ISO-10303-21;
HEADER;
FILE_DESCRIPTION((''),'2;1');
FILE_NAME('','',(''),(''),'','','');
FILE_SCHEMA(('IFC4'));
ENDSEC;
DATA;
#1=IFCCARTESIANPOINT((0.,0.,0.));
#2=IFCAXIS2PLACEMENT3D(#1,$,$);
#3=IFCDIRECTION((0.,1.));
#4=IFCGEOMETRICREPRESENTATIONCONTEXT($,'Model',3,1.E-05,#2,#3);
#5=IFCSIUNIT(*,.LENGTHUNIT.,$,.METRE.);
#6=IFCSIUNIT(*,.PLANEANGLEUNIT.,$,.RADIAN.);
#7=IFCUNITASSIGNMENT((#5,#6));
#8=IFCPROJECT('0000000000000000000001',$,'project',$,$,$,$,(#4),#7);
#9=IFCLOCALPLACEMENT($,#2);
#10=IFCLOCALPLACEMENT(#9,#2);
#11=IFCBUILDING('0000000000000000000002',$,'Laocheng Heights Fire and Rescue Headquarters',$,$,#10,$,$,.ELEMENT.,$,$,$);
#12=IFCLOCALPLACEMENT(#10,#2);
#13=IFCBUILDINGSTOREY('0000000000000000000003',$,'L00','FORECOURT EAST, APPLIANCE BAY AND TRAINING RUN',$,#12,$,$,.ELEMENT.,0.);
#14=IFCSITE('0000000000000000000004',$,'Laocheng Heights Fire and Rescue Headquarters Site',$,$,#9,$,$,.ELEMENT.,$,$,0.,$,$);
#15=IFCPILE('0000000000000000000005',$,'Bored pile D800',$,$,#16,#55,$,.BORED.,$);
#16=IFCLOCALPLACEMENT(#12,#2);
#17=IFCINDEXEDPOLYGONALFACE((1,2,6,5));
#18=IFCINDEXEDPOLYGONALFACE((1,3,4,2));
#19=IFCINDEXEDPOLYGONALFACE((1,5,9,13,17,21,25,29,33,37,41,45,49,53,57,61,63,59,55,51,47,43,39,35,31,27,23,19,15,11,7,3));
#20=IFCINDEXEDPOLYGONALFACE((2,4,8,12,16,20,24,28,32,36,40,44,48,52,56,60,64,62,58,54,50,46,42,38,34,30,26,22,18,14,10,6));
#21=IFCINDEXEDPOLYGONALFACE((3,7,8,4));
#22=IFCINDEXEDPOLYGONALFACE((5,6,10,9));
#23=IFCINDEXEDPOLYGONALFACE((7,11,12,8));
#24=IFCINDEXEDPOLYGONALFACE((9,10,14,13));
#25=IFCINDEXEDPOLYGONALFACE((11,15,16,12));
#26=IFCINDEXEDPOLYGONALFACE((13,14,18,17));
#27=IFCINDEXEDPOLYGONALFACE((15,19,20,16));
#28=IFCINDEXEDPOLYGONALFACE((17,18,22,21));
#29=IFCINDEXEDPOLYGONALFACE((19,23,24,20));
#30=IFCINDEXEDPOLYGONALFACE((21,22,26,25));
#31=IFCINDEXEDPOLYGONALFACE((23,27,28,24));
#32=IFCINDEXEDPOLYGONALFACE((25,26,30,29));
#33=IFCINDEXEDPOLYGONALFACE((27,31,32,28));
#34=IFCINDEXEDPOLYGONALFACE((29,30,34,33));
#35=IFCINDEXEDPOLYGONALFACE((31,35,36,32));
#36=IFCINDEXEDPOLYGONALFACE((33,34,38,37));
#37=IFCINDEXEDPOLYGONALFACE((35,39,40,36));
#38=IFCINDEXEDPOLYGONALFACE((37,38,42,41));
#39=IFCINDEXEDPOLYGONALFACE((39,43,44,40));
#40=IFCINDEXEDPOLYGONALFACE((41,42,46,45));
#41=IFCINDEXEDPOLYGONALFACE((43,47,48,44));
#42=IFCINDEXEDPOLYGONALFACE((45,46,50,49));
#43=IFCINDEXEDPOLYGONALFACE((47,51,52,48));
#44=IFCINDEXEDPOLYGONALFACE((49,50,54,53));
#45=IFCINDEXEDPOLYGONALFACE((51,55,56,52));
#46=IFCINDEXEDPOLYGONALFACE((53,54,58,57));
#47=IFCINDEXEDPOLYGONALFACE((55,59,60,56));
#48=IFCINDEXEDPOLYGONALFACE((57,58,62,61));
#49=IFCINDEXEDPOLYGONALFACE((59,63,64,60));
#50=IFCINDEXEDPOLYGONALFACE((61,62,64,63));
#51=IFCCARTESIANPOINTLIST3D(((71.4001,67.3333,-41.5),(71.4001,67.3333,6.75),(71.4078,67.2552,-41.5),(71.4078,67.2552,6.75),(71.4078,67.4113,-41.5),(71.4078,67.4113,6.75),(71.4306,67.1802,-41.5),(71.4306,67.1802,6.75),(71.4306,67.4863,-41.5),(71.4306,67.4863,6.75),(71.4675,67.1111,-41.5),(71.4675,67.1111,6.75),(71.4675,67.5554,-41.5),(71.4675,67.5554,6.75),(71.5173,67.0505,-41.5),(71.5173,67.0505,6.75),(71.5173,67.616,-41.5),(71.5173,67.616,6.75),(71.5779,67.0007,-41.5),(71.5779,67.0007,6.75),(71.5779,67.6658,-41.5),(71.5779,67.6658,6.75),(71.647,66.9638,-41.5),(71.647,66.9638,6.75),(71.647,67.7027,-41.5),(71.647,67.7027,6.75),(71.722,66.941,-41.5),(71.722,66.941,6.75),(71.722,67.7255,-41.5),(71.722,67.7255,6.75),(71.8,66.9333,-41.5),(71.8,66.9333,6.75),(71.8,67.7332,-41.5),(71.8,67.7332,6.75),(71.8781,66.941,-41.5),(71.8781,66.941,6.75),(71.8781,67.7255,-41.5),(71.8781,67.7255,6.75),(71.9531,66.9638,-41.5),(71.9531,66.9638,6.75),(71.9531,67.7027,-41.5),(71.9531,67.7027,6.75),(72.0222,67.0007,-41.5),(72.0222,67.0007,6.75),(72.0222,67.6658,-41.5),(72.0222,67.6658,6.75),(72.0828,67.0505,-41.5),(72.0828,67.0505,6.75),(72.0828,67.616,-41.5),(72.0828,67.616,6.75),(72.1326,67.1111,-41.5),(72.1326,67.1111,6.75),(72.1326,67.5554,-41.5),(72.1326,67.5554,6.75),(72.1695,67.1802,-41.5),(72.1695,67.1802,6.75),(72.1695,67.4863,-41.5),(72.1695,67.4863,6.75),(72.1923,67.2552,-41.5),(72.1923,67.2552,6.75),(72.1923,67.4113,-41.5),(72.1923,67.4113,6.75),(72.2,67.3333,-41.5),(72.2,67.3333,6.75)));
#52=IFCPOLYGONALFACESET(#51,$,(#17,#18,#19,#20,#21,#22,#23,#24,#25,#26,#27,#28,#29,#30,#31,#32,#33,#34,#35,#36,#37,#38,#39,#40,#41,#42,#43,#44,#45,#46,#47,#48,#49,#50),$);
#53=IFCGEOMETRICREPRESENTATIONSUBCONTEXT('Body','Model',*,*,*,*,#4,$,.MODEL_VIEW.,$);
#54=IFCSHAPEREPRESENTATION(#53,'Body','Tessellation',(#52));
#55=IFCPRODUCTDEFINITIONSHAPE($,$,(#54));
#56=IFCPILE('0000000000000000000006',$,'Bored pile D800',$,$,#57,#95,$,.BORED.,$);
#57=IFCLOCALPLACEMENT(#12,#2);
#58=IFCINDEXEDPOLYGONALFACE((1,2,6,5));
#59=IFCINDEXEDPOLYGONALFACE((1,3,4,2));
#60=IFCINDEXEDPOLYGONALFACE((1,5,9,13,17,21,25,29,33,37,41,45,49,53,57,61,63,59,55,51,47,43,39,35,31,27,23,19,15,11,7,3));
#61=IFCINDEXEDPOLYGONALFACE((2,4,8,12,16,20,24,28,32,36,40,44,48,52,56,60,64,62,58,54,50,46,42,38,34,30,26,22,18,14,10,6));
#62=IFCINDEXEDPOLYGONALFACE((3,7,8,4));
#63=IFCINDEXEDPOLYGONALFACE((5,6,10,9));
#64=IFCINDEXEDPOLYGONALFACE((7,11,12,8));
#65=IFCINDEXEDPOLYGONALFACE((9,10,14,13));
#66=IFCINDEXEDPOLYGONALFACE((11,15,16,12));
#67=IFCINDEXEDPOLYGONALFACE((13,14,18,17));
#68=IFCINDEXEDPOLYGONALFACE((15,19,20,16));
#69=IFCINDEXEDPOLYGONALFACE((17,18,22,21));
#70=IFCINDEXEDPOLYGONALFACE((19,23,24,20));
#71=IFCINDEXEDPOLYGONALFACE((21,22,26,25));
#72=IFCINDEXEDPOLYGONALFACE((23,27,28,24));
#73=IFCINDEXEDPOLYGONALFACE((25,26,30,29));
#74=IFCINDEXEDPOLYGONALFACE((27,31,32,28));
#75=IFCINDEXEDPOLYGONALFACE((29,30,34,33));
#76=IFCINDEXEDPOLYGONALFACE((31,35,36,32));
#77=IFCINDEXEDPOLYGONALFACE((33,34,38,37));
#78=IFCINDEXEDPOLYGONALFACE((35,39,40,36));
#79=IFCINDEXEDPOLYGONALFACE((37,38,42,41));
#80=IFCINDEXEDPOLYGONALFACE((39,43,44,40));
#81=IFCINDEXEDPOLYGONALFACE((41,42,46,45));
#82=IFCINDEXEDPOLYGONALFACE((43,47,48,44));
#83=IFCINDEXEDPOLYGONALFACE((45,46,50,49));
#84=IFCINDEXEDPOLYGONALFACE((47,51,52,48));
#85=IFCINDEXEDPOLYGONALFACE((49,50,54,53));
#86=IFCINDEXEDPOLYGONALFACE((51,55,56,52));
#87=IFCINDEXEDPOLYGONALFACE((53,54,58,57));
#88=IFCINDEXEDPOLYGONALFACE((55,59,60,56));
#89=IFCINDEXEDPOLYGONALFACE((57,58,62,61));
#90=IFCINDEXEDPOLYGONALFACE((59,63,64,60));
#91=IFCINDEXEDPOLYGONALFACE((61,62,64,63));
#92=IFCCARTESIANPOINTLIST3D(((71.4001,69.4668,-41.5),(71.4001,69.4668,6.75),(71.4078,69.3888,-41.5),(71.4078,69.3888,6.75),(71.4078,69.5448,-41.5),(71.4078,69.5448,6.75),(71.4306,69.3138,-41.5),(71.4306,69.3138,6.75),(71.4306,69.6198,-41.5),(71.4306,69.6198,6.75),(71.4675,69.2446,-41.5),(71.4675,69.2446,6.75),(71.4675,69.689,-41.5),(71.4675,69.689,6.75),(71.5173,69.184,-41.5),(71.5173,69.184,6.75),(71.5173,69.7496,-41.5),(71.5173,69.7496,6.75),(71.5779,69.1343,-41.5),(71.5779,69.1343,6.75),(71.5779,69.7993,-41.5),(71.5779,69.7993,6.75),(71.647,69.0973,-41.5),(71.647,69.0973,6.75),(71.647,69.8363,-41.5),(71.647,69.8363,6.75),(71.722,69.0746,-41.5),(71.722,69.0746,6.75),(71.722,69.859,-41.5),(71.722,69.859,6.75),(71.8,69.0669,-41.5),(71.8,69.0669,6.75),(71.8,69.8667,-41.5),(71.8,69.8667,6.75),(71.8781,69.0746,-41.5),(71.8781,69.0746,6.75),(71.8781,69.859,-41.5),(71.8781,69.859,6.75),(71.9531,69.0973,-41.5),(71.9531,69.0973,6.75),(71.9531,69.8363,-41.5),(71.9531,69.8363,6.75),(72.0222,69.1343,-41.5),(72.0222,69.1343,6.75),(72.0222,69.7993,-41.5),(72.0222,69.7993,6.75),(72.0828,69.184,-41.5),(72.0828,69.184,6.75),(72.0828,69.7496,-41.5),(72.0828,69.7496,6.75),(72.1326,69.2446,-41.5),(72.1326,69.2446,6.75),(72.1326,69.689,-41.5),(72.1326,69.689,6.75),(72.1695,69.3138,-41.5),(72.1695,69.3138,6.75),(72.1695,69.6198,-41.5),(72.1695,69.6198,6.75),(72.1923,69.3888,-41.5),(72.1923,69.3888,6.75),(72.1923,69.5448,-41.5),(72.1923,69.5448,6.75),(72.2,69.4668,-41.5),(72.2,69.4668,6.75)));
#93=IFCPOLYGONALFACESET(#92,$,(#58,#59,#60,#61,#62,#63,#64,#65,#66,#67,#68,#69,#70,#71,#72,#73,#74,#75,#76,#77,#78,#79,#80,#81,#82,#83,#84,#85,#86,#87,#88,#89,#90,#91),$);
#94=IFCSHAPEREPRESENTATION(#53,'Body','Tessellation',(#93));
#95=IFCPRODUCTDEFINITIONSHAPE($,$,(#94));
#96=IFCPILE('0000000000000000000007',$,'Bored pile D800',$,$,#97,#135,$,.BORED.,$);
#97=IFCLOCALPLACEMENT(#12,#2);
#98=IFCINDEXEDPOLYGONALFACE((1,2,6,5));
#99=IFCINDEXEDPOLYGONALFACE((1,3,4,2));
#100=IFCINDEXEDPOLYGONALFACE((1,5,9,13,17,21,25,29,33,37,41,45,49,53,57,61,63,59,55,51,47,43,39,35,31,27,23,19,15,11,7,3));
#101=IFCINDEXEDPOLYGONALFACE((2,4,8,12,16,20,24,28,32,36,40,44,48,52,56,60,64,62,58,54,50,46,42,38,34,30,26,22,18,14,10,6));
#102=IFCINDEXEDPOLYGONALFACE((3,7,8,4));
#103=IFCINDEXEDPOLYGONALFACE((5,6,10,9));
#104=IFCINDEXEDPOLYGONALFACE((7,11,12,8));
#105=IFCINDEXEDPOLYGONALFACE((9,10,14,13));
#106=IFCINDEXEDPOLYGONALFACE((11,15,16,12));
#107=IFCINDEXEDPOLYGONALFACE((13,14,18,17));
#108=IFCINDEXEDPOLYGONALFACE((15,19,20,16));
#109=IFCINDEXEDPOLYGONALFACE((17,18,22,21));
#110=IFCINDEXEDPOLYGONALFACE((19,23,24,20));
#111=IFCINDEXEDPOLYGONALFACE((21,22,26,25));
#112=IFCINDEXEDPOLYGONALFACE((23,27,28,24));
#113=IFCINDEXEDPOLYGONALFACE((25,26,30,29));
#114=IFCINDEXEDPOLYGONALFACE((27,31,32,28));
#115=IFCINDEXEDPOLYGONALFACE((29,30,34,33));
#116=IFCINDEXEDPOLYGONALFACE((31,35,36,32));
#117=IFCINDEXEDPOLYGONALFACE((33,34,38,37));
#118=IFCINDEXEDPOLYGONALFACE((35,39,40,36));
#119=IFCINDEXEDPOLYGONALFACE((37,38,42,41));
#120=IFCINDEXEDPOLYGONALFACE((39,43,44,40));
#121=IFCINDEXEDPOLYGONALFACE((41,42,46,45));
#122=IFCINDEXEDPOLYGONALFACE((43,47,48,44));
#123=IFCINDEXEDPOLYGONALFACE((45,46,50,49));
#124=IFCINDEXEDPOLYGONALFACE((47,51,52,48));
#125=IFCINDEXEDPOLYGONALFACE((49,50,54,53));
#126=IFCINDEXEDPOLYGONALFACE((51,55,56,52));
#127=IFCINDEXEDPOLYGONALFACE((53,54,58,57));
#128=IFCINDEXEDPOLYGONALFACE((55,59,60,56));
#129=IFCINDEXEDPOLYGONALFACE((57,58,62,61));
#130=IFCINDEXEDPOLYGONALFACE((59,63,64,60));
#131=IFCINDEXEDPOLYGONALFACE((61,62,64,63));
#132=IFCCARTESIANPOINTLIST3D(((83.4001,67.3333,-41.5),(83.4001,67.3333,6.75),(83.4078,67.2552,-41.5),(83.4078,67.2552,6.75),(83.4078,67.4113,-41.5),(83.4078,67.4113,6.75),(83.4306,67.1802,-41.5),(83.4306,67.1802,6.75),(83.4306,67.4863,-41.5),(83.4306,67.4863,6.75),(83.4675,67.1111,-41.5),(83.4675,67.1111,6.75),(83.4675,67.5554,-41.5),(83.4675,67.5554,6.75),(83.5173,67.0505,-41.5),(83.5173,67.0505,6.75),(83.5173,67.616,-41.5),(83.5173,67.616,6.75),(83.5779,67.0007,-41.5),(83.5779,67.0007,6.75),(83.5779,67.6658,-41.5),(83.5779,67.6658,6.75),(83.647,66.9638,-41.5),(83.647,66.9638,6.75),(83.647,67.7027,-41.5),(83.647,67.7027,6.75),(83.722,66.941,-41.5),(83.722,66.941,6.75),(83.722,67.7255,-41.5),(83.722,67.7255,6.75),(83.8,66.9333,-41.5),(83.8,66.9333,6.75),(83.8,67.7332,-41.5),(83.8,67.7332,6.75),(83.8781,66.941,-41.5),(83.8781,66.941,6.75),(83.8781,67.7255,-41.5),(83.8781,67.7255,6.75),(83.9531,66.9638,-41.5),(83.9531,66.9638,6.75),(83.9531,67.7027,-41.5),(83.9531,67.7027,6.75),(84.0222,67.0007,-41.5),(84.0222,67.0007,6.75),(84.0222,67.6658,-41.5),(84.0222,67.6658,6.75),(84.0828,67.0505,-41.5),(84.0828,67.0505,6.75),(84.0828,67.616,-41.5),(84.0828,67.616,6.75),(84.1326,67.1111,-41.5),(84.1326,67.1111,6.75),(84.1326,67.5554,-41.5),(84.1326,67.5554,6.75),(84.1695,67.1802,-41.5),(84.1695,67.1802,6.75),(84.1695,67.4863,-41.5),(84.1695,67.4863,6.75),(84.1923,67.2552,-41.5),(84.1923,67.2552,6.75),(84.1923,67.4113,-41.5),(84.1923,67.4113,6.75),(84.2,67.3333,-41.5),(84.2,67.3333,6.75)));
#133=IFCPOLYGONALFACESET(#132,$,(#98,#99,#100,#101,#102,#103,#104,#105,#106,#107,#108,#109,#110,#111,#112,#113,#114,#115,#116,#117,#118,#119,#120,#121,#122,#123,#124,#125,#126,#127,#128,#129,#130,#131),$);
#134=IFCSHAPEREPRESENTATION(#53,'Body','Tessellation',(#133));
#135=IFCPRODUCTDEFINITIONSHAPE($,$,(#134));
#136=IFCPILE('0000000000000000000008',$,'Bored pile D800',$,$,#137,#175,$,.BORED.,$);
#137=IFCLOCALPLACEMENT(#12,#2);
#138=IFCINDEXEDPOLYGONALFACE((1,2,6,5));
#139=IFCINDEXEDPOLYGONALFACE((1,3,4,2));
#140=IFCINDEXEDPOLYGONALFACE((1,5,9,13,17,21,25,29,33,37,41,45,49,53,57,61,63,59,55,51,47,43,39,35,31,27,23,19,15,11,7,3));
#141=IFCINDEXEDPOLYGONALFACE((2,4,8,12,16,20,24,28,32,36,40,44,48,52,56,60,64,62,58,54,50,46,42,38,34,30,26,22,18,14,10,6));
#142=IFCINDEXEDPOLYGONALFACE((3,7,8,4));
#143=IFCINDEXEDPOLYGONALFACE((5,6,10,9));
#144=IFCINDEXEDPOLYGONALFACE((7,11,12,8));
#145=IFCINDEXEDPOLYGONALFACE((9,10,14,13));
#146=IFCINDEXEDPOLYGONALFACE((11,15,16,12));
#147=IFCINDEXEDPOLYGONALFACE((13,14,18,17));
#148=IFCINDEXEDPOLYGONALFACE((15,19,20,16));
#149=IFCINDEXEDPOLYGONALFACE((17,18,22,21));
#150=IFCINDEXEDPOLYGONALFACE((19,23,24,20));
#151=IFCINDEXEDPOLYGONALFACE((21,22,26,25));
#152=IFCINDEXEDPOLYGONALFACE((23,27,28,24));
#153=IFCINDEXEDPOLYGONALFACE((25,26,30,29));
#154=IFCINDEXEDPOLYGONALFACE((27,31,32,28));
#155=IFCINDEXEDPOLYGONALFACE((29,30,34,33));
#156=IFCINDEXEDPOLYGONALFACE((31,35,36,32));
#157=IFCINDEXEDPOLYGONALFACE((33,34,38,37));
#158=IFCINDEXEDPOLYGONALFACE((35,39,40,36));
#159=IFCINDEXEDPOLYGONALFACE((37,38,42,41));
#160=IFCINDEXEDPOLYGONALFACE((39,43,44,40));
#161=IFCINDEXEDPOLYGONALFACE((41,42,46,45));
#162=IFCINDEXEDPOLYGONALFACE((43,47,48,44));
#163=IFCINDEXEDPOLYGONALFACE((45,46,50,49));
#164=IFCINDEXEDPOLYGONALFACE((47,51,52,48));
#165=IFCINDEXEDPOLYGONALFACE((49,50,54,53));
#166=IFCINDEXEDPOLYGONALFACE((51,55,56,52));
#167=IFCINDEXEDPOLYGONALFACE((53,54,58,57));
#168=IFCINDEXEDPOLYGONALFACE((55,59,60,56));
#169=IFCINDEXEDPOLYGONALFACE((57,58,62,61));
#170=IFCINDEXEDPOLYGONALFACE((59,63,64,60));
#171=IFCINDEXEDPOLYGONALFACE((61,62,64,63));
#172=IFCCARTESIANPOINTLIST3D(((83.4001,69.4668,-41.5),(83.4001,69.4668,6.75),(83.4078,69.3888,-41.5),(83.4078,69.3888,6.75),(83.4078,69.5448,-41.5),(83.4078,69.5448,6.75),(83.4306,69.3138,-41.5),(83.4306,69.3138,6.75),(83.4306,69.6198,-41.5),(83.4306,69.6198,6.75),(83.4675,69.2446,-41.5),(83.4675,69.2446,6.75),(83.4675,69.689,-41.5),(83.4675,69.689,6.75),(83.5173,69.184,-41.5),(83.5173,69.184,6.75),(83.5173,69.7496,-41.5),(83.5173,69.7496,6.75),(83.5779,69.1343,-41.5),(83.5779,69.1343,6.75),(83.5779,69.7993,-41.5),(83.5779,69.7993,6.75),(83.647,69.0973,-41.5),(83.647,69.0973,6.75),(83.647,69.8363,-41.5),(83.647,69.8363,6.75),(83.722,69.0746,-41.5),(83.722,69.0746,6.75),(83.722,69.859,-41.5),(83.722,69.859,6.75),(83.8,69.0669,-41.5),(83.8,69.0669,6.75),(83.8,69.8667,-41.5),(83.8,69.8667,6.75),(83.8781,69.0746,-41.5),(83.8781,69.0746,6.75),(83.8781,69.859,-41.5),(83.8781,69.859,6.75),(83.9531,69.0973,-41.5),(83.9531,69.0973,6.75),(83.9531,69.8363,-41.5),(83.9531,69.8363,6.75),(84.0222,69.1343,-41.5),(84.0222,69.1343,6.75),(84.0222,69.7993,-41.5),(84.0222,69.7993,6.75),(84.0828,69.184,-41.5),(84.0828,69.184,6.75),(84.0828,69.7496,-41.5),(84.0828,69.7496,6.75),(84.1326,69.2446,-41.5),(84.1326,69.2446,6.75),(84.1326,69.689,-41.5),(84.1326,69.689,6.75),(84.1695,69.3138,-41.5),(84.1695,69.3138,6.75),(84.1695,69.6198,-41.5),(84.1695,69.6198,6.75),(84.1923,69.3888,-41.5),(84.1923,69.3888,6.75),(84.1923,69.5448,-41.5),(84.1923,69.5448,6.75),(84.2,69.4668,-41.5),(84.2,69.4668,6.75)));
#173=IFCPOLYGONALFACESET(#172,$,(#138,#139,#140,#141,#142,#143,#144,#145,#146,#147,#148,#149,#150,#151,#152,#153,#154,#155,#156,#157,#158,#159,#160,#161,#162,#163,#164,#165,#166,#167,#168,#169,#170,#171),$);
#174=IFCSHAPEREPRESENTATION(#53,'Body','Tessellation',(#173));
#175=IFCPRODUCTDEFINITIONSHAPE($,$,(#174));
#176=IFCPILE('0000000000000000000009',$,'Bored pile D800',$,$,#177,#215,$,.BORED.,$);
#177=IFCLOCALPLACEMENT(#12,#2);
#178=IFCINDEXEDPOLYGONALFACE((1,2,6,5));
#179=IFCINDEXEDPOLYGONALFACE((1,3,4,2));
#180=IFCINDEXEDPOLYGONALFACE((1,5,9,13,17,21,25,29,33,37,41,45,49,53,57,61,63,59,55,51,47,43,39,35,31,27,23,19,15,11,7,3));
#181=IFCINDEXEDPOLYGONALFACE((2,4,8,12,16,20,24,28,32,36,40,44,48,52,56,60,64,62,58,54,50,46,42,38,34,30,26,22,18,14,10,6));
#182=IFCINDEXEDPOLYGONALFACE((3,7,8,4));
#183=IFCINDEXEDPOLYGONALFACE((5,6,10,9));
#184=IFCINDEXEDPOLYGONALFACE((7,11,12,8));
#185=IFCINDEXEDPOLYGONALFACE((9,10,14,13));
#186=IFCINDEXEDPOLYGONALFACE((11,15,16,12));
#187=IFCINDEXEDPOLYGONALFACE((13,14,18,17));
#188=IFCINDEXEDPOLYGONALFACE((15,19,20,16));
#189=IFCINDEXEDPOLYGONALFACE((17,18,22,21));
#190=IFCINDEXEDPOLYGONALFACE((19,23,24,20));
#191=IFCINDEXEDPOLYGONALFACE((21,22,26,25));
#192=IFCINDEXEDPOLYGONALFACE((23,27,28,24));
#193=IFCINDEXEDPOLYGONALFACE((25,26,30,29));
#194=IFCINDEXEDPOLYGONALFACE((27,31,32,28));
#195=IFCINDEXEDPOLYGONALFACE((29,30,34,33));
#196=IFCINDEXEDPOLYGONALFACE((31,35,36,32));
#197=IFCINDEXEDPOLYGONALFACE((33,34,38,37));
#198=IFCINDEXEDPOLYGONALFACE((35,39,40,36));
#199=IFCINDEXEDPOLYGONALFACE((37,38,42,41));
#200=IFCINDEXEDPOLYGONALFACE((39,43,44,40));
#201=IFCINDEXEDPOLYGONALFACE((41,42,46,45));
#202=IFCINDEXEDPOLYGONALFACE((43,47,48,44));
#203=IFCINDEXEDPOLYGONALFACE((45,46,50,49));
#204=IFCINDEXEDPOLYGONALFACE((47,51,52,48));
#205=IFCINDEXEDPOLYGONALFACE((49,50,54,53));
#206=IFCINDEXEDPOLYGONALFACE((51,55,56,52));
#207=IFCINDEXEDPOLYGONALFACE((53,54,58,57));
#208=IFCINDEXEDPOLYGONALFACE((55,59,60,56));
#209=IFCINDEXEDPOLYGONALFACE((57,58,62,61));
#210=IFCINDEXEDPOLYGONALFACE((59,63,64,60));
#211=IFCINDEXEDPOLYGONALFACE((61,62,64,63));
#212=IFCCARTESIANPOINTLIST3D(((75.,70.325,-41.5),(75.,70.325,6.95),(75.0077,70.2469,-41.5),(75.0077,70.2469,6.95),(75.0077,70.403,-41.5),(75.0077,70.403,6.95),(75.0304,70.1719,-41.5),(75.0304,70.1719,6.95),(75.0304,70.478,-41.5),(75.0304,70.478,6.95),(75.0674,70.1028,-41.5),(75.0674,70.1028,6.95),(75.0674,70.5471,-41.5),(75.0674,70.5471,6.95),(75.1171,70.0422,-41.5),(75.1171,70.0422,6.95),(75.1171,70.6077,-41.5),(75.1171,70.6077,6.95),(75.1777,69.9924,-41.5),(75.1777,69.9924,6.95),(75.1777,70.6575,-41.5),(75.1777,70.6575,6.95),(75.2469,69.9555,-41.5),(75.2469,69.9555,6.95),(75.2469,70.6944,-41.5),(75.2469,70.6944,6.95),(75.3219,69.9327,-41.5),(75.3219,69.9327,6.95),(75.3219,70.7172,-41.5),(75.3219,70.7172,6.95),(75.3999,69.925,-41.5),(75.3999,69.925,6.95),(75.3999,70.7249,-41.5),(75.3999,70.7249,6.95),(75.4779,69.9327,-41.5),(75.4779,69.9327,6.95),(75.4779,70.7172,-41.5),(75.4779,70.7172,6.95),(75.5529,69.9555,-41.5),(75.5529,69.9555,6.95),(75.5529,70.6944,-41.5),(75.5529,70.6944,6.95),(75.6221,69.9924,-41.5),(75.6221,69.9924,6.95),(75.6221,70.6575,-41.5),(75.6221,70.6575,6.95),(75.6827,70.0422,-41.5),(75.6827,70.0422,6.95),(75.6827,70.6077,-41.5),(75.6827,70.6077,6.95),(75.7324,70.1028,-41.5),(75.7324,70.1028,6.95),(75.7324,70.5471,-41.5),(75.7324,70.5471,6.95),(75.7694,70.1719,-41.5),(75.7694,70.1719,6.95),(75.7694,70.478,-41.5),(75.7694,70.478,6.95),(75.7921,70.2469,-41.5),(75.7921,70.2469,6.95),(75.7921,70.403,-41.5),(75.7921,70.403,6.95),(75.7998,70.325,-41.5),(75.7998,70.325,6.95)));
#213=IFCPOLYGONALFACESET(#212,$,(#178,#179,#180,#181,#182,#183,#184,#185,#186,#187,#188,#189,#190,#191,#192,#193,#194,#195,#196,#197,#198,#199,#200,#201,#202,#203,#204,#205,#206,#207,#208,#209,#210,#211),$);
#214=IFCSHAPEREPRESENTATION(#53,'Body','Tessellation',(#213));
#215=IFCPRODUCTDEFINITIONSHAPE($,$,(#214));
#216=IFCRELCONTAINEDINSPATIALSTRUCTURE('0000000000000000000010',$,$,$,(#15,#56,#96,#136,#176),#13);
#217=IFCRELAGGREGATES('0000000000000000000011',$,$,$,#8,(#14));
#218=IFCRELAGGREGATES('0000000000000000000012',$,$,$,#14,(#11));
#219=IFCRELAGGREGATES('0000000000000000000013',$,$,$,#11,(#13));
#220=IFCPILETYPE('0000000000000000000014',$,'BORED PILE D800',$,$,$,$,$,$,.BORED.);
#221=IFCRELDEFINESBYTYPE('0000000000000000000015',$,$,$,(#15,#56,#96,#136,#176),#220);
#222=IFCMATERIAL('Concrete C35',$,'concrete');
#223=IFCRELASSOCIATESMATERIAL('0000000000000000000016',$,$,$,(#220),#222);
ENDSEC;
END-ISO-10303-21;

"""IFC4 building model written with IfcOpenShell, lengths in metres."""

from ifc_helpers import new_model, si_unit, direction, frame, origin, origin_2d, place, context, subcontext, project, spatial, circle, extrude, material, material_profile, profile_set, type_object, element, save


model = new_model("IFC4")

# Units and contexts
model_context = context("Model", 3, precision=1e-05, world=origin(), true_north=direction((0.0, 1.0)))
body_context = subcontext(model_context, "Body", "Model", "MODEL_VIEW")
ifc_project = project(units=[si_unit("LENGTHUNIT", "METRE"), si_unit("PLANEANGLEUNIT", "RADIAN")], contexts=[model_context])

# Site, building, storey
site_placement = place(None, origin())
site = spatial("IfcSite", under=ifc_project, at=site_placement, Name="Laocheng Heights Fire and Rescue Headquarters Site", CompositionType="ELEMENT", RefElevation=0.0)
building_placement = place(site_placement, origin())
building = spatial("IfcBuilding", under=site, at=building_placement, Name="Laocheng Heights Fire and Rescue Headquarters", CompositionType="ELEMENT")
storey_placement = place(building_placement, origin())
storey = spatial("IfcBuildingStorey", under=building, at=storey_placement, Name="L00", Description="FORECOURT EAST, APPLIANCE BAY AND TRAINING RUN", CompositionType="ELEMENT", Elevation=0.0)

# Piles
ifc_material_1 = material(Name="Concrete C35", Category="concrete")
ifc_material_profile_1 = material_profile(ifc_material_1, circle(Radius=0.3999, at=origin_2d()), Name="BORED PILE D800")
ifc_profile_set_1 = profile_set([ifc_material_profile_1], Name="Concrete C35")
pile_type_1 = type_object("IfcPileType", Name="BORED PILE D800", PredefinedType="BORED", material=ifc_profile_set_1)
for number, where, z_axis, x_axis, name in (
    (1, (71.8, 67.3333, 6.75), (0.0, 0.0, -1.0), (1.0, 0.0, 0.0), "Bored pile D800"),
    (2, (71.8, 69.4668, 6.75), (0.0, 0.0, -1.0), (1.0, 0.0, 0.0), "Bored pile D800"),
    (3, (83.8, 67.3333, 6.75), (0.0, 0.0, -1.0), (1.0, 0.0, 0.0), "Bored pile D800"),
    (4, (83.8, 69.4668, 6.75), (0.0, 0.0, -1.0), (1.0, 0.0, 0.0), "Bored pile D800"),
):
    element("IfcPile", number, at=place(storey_placement, frame(where, z_axis=z_axis, x_axis=x_axis)), inside=storey, type_object=pile_type_1, Name=name, PredefinedType="BORED", context=body_context, shape_type="SweptSolid", body=[
        extrude(circle(Radius=0.3999, at=origin_2d()), origin(), (0.0, 0.0, 1.0), 48.25),
    ])
pile_1_placement = place(storey_placement, frame((75.3999, 70.325, 6.95), z_axis=(0.0, 0.0, -1.0), x_axis=(1.0, 0.0, 0.0)))
element("IfcPile", 5, at=pile_1_placement, inside=storey, type_object=pile_type_1, Name="Bored pile D800", PredefinedType="BORED", context=body_context, shape_type="SweptSolid", body=[
    extrude(circle(Radius=0.3999, at=origin_2d()), origin(), (0.0, 0.0, 1.0), 48.45),
])

save(model, "model.ifc")
